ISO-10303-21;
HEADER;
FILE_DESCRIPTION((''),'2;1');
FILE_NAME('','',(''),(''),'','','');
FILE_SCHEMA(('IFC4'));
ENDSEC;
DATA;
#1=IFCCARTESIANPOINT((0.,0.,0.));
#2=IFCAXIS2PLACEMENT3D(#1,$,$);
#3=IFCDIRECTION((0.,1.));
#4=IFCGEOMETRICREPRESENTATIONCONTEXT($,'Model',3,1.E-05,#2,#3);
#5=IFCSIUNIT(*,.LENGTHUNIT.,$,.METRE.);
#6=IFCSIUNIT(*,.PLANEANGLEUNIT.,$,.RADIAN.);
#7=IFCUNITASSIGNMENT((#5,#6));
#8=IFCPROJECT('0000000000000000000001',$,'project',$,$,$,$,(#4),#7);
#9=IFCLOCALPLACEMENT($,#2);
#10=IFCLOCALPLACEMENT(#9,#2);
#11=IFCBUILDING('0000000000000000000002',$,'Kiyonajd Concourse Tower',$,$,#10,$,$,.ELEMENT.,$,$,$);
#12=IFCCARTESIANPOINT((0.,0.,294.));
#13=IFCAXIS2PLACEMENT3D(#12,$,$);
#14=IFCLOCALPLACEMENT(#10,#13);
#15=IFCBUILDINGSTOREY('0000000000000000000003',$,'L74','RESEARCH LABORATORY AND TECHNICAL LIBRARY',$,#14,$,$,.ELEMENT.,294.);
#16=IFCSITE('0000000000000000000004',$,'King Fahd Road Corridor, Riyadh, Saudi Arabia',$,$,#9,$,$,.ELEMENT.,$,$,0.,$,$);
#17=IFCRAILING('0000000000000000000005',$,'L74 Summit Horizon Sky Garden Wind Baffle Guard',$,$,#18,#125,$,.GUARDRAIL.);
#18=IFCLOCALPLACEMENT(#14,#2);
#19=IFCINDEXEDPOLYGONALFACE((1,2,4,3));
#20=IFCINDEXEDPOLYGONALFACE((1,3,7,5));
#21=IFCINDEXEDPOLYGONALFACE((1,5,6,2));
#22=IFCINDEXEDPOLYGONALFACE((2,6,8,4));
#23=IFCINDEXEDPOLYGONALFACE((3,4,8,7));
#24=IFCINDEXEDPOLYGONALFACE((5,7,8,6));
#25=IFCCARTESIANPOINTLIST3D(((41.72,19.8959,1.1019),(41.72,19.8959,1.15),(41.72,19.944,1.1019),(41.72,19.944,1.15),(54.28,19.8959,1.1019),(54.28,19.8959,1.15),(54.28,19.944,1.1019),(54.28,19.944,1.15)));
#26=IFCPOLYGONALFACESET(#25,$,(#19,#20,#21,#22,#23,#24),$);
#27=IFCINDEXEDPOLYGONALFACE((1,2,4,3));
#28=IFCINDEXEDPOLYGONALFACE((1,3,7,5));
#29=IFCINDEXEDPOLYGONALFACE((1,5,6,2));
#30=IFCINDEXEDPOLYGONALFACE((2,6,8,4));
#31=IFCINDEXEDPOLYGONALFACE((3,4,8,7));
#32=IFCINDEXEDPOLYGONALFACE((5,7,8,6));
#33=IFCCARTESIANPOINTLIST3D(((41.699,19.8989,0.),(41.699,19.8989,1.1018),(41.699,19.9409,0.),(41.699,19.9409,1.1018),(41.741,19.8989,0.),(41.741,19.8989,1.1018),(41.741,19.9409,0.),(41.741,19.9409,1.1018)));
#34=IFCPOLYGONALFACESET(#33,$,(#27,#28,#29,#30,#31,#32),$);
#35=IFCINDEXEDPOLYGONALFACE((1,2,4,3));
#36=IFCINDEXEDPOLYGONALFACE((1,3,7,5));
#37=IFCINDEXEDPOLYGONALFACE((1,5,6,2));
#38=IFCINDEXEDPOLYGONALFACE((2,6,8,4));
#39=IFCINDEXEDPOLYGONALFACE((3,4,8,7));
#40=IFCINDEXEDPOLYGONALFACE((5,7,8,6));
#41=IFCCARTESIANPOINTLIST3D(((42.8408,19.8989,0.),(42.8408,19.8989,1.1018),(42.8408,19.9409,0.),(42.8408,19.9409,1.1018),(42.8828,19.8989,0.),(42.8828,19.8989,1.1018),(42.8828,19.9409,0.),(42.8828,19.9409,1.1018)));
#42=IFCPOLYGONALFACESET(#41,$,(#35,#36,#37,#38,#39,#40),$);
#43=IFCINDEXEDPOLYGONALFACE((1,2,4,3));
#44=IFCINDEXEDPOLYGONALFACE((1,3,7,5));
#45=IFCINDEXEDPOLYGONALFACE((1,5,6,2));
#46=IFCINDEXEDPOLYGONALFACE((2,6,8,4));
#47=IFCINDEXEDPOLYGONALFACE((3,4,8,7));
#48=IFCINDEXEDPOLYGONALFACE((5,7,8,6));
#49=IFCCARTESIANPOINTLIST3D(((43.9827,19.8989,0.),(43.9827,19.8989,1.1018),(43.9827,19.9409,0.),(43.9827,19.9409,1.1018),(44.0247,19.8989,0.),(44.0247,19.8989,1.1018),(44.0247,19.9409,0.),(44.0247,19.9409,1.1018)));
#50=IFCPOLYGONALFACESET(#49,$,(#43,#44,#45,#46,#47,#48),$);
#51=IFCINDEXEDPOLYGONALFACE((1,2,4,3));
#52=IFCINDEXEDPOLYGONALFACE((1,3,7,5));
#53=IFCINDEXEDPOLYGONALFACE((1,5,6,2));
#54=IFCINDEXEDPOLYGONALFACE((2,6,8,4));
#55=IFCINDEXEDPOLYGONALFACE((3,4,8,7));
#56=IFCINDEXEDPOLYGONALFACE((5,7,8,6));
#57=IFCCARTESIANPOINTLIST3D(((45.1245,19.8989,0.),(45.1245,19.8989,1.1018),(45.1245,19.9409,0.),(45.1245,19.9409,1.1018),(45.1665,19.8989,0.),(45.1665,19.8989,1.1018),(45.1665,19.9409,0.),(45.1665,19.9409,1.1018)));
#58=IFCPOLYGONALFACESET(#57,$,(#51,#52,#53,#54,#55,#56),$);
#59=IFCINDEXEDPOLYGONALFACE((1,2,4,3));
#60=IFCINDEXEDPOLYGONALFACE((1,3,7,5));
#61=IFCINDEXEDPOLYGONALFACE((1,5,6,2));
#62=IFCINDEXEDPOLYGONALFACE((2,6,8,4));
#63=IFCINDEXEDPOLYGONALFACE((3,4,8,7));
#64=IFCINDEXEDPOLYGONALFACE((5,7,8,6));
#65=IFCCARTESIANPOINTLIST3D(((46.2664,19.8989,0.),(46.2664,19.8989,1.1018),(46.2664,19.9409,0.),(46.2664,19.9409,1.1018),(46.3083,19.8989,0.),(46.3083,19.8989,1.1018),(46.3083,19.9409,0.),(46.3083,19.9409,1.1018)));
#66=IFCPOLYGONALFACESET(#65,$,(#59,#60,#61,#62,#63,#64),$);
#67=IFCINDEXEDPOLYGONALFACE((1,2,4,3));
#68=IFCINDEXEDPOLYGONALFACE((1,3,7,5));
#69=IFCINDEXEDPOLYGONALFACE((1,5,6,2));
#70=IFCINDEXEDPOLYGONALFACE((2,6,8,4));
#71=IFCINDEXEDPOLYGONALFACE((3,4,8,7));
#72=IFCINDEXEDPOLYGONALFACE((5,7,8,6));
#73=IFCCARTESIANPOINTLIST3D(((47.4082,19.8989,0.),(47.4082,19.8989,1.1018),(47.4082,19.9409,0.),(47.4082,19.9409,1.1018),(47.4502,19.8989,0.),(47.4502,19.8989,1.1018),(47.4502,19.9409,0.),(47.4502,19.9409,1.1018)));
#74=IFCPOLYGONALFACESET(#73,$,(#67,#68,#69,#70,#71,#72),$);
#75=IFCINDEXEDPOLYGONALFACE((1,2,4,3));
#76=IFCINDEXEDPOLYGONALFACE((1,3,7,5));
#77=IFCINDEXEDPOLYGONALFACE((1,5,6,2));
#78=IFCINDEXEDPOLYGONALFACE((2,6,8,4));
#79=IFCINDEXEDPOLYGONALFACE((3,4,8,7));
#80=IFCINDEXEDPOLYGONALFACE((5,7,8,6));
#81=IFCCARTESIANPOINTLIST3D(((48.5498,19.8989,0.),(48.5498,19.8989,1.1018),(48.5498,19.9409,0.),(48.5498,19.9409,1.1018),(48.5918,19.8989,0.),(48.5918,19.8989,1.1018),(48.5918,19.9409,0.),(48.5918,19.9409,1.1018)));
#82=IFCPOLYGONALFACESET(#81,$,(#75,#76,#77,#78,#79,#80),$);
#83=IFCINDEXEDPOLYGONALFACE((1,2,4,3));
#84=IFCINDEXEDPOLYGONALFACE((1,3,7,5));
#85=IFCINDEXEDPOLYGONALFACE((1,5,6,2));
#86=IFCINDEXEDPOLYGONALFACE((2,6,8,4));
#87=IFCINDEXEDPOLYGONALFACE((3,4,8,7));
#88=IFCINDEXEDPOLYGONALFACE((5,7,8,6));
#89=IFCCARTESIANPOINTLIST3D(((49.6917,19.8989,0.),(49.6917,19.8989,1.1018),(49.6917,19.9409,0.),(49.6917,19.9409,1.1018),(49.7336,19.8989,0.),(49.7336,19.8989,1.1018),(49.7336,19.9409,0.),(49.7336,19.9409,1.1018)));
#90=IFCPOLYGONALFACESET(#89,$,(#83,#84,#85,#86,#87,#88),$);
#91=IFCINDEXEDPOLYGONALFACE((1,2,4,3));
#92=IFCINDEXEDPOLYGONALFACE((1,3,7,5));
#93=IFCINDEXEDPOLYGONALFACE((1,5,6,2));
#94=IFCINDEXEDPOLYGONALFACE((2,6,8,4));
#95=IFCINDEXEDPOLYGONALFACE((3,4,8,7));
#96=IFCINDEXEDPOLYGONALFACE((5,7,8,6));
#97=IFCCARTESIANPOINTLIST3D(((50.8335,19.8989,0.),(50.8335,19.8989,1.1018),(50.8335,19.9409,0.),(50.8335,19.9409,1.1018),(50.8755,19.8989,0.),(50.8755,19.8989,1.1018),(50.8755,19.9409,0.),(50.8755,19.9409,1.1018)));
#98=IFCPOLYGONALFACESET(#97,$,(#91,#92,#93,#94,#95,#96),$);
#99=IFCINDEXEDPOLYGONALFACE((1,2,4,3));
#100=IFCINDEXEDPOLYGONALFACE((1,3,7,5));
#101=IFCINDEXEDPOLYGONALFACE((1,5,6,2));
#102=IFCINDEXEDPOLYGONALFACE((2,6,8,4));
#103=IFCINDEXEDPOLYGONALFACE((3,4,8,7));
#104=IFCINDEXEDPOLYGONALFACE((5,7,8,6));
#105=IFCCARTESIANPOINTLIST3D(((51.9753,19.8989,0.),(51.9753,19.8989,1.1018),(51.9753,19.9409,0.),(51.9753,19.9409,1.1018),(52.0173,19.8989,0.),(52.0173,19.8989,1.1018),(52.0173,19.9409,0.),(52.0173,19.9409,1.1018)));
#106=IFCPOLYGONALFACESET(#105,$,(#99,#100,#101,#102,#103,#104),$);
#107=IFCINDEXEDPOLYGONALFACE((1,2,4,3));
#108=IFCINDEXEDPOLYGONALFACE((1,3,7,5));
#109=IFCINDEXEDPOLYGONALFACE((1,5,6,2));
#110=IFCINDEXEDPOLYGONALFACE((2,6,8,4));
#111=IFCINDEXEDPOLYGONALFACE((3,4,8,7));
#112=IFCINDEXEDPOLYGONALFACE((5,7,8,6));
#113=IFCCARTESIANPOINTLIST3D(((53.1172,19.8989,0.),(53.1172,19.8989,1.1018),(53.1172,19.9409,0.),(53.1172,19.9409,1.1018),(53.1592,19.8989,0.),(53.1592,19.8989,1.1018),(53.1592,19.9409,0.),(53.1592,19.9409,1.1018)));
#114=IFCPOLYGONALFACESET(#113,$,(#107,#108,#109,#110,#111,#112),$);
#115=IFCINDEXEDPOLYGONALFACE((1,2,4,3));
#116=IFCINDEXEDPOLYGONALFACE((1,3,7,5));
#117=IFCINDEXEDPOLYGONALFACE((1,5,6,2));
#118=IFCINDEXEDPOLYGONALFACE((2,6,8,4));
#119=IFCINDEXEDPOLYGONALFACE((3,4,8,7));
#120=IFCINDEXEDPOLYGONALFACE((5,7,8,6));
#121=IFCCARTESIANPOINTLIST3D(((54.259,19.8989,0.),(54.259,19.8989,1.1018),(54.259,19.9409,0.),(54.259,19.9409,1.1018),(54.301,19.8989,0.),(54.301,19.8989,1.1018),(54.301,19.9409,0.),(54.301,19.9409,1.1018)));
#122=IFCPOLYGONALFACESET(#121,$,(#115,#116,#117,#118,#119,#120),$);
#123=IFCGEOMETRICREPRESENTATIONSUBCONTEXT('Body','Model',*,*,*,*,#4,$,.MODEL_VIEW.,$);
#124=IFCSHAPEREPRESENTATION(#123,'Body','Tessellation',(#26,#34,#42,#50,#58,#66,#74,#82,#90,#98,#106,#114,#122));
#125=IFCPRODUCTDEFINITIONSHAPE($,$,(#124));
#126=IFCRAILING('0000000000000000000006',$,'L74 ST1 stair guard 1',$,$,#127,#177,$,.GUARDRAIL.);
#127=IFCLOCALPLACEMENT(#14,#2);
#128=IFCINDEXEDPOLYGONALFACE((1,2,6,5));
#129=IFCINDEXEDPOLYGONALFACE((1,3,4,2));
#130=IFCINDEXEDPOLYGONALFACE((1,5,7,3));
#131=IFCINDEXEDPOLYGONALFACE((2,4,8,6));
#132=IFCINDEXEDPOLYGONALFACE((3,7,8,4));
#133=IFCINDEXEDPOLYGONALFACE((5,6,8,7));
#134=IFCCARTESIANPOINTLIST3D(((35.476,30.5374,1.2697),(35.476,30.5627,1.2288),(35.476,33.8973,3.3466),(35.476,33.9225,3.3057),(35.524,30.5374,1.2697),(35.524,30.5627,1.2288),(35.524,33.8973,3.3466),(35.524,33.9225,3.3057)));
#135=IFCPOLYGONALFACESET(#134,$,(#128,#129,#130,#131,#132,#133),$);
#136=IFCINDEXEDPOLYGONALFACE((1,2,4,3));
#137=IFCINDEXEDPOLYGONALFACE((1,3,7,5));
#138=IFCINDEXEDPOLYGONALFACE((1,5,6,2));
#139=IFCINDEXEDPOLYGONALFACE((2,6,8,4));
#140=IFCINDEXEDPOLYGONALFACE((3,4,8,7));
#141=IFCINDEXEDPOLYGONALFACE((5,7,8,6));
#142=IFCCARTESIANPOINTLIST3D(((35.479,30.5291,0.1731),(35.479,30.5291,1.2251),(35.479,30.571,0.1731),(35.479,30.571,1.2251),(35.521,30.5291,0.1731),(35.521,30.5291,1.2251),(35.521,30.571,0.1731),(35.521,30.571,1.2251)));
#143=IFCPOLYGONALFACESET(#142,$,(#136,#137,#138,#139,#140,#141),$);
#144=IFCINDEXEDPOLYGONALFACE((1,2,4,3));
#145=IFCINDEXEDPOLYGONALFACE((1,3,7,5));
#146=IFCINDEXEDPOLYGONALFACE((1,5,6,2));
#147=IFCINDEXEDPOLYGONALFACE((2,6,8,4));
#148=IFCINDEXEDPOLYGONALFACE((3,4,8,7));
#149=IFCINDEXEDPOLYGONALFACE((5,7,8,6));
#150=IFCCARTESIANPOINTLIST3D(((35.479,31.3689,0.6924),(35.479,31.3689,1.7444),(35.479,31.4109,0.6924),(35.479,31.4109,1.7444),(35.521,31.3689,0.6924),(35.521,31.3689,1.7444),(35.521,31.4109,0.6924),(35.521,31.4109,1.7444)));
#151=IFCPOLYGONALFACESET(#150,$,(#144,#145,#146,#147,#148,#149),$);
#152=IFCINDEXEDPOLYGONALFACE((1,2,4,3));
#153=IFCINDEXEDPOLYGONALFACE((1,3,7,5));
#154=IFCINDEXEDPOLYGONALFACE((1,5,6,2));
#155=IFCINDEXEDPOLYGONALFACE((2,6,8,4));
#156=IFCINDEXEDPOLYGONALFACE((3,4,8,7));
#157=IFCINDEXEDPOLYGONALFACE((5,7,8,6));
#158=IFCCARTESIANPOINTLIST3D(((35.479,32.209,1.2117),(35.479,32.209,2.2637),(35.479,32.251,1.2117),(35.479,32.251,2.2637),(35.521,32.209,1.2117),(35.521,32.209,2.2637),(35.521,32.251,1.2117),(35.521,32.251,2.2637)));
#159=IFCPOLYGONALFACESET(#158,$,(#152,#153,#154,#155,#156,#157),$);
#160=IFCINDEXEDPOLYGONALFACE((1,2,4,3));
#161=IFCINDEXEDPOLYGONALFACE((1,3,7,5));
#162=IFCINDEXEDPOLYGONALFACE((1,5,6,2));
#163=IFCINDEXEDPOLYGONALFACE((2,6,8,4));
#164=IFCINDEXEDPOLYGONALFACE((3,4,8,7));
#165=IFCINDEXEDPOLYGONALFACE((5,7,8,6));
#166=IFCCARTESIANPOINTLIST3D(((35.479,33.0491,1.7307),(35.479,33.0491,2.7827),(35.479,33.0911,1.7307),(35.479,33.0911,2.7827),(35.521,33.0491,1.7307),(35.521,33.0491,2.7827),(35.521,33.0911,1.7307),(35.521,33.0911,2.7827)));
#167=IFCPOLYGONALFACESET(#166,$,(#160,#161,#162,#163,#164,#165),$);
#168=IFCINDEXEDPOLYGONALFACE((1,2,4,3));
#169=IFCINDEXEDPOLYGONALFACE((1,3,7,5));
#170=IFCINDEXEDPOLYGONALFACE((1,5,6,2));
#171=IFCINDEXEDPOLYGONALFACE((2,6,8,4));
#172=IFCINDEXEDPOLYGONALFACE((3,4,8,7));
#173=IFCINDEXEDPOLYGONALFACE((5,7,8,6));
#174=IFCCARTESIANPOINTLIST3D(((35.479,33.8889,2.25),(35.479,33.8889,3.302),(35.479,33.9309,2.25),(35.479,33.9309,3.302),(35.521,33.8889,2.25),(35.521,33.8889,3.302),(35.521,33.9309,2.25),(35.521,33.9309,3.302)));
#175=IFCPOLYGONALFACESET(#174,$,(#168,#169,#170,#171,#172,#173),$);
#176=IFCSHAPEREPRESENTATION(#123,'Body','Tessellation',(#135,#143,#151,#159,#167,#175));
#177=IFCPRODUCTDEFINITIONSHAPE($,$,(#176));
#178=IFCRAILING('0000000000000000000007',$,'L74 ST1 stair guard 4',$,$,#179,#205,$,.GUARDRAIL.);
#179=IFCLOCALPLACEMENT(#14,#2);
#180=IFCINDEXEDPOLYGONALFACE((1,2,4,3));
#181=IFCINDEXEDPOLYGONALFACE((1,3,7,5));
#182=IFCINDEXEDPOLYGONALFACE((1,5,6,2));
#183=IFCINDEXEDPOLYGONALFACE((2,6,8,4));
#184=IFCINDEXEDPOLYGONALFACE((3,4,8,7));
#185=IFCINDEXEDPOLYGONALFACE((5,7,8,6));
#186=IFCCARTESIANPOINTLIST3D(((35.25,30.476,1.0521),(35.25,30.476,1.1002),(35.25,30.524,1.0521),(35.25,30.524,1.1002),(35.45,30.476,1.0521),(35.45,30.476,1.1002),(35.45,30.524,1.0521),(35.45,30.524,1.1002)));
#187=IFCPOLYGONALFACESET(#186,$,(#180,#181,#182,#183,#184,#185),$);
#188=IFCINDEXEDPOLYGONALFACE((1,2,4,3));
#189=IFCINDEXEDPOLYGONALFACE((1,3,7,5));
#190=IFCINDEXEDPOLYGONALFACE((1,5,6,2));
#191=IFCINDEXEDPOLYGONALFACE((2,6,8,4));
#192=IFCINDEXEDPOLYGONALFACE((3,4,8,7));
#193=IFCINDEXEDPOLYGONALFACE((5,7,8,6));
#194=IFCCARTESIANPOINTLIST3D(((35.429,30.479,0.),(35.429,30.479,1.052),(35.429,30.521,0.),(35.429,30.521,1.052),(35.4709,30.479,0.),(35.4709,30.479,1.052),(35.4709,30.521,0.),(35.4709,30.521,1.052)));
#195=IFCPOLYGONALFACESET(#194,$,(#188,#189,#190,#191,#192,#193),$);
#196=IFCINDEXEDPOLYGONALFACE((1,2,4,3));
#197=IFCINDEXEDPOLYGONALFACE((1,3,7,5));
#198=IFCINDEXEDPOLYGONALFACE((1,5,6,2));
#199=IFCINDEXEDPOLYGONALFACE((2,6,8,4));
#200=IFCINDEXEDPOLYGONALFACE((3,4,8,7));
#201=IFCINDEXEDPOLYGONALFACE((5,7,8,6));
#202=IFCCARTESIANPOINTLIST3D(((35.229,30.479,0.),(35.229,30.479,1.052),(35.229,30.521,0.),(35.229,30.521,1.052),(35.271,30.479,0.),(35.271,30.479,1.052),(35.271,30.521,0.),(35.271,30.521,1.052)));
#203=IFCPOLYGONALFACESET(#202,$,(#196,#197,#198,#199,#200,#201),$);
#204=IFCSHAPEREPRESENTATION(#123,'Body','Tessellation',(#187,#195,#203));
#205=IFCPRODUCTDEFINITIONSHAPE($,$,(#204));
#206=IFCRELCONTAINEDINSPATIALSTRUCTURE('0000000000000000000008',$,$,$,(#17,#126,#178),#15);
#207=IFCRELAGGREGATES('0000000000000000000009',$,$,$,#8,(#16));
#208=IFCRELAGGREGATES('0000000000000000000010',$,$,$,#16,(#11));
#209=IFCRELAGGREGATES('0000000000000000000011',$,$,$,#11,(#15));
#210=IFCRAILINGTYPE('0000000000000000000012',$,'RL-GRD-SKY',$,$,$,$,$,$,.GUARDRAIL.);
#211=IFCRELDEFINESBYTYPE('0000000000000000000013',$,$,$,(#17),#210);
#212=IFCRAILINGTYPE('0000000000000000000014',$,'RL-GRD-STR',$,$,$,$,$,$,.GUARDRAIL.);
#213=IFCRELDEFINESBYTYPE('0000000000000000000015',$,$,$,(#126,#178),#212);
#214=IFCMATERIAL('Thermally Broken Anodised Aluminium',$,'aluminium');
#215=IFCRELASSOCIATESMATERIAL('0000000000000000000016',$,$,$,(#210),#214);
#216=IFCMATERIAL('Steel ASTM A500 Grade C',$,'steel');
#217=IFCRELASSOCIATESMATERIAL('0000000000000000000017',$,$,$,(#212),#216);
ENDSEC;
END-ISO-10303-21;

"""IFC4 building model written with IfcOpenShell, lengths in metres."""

from ifc_helpers import new_model, si_unit, direction, frame, origin, origin_2d, place, context, subcontext, project, spatial, rectangle, extrude, material, type_object, element, save


model = new_model("IFC4")

# Units and contexts
model_context = context("Model", 3, precision=1e-05, world=origin(), true_north=direction((0.0, 1.0)))
body_context = subcontext(model_context, "Body", "Model", "MODEL_VIEW")
ifc_project = project(units=[si_unit("LENGTHUNIT", "METRE"), si_unit("PLANEANGLEUNIT", "RADIAN")], contexts=[model_context])

# Site, building, storey
site_placement = place(None, origin())
site = spatial("IfcSite", under=ifc_project, at=site_placement, Name="King Fahd Road Corridor, Riyadh, Saudi Arabia", CompositionType="ELEMENT", RefElevation=0.0)
building_placement = place(site_placement, origin())
building = spatial("IfcBuilding", under=site, at=building_placement, Name="Kiyonajd Concourse Tower", CompositionType="ELEMENT")
storey_placement = place(building_placement, frame((0.0, 0.0, 294.0)))
storey = spatial("IfcBuildingStorey", under=building, at=storey_placement, Name="L74", Description="RESEARCH LABORATORY AND TECHNICAL LIBRARY", CompositionType="ELEMENT", Elevation=294.0)

# Railings
ifc_material_1 = material(Name="Thermally Broken Anodised Aluminium", Category="aluminium")
railing_type_1 = type_object("IfcRailingType", Name="RL-GRD-SKY", PredefinedType="GUARDRAIL", material=ifc_material_1)
railing_1_placement = place(storey_placement, frame((41.72, 19.9199, 0.0)))
element("IfcRailing", 1, at=railing_1_placement, inside=storey, type_object=railing_type_1, Name="L74 Summit Horizon Sky Garden Wind Baffle Guard", PredefinedType="GUARDRAIL", context=body_context, shape_type="SweptSolid", body=[
    extrude(rectangle(XDim=0.0481, YDim=0.0481, at=origin_2d()), frame((0.0, 0.0, 1.126), z_axis=(1.0, 0.0, 0.0), x_axis=(0.0, 1.0, 0.0)), (0.0, 0.0, 1.0), 12.5601),
    extrude(rectangle(XDim=0.042, YDim=0.042, at=origin_2d()), origin(), (0.0, 0.0, 1.0), 1.1018),
    extrude(rectangle(XDim=0.042, YDim=0.042, at=origin_2d()), frame((1.1418, 0.0, 0.0)), (0.0, 0.0, 1.0), 1.1018),
    extrude(rectangle(XDim=0.042, YDim=0.042, at=origin_2d()), frame((2.2837, 0.0, 0.0)), (0.0, 0.0, 1.0), 1.1018),
    extrude(rectangle(XDim=0.042, YDim=0.042, at=origin_2d()), frame((3.4255, 0.0, 0.0)), (0.0, 0.0, 1.0), 1.1018),
    extrude(rectangle(XDim=0.042, YDim=0.042, at=origin_2d()), frame((4.5674, 0.0, 0.0)), (0.0, 0.0, 1.0), 1.1018),
    extrude(rectangle(XDim=0.042, YDim=0.042, at=origin_2d()), frame((5.7092, 0.0, 0.0)), (0.0, 0.0, 1.0), 1.1018),
    extrude(rectangle(XDim=0.042, YDim=0.042, at=origin_2d()), frame((6.8508, 0.0, 0.0)), (0.0, 0.0, 1.0), 1.1018),
    extrude(rectangle(XDim=0.042, YDim=0.042, at=origin_2d()), frame((7.9927, 0.0, 0.0)), (0.0, 0.0, 1.0), 1.1018),
    extrude(rectangle(XDim=0.042, YDim=0.042, at=origin_2d()), frame((9.1345, 0.0, 0.0)), (0.0, 0.0, 1.0), 1.1018),
    extrude(rectangle(XDim=0.042, YDim=0.042, at=origin_2d()), frame((10.2764, 0.0, 0.0)), (0.0, 0.0, 1.0), 1.1018),
    extrude(rectangle(XDim=0.042, YDim=0.042, at=origin_2d()), frame((11.4182, 0.0, 0.0)), (0.0, 0.0, 1.0), 1.1018),
    extrude(rectangle(XDim=0.042, YDim=0.042, at=origin_2d()), frame((12.5601, 0.0, 0.0)), (0.0, 0.0, 1.0), 1.1018),
])
ifc_material_2 = material(Name="Steel ASTM A500 Grade C", Category="steel")
railing_type_2 = type_object("IfcRailingType", Name="RL-GRD-STR", PredefinedType="GUARDRAIL", material=ifc_material_2)
railing_2_placement = place(storey_placement, frame((35.5, 30.55, 0.1731)))
element("IfcRailing", 2, at=railing_2_placement, inside=storey, type_object=railing_type_2, Name="L74 ST1 stair guard 1", PredefinedType="GUARDRAIL", context=body_context, shape_type="SweptSolid", body=[
    extrude(rectangle(XDim=0.0481, YDim=0.0481, at=origin_2d()), frame((0.0, 0.0, 1.0762), z_axis=(0.0, 0.850606, 0.525803), x_axis=(-1.0, 0.0, 0.0)), (0.0, 0.0, 1.0), 3.95),
    extrude(rectangle(XDim=0.042, YDim=0.042, at=origin_2d()), origin(), (0.0, 0.0, 1.0), 1.052),
    extrude(rectangle(XDim=0.042, YDim=0.042, at=origin_2d()), frame((0.0, 0.8398, 0.5193)), (0.0, 0.0, 1.0), 1.052),
    extrude(rectangle(XDim=0.042, YDim=0.042, at=origin_2d()), frame((0.0, 1.6799, 1.0386)), (0.0, 0.0, 1.0), 1.052),
    extrude(rectangle(XDim=0.042, YDim=0.042, at=origin_2d()), frame((0.0, 2.52, 1.5576)), (0.0, 0.0, 1.0), 1.052),
    extrude(rectangle(XDim=0.042, YDim=0.042, at=origin_2d()), frame((0.0, 3.3599, 2.0769)), (0.0, 0.0, 1.0), 1.052),
])
railing_3_placement = place(storey_placement, frame((35.45, 30.5, 0.0)))
element("IfcRailing", 3, at=railing_3_placement, inside=storey, type_object=railing_type_2, Name="L74 ST1 stair guard 4", PredefinedType="GUARDRAIL", context=body_context, shape_type="SweptSolid", body=[
    extrude(rectangle(XDim=0.0481, YDim=0.0481, at=origin_2d()), frame((0.0, 0.0, 1.0762), z_axis=(-1.0, 0.0, 0.0), x_axis=(0.0, -1.0, 0.0)), (0.0, 0.0, 1.0), 0.2),
    extrude(rectangle(XDim=0.042, YDim=0.042, at=origin_2d()), origin(), (0.0, 0.0, 1.0), 1.052),
    extrude(rectangle(XDim=0.042, YDim=0.042, at=origin_2d()), frame((-0.2, 0.0, 0.0)), (0.0, 0.0, 1.0), 1.052),
])

save(model, "model.ifc")
